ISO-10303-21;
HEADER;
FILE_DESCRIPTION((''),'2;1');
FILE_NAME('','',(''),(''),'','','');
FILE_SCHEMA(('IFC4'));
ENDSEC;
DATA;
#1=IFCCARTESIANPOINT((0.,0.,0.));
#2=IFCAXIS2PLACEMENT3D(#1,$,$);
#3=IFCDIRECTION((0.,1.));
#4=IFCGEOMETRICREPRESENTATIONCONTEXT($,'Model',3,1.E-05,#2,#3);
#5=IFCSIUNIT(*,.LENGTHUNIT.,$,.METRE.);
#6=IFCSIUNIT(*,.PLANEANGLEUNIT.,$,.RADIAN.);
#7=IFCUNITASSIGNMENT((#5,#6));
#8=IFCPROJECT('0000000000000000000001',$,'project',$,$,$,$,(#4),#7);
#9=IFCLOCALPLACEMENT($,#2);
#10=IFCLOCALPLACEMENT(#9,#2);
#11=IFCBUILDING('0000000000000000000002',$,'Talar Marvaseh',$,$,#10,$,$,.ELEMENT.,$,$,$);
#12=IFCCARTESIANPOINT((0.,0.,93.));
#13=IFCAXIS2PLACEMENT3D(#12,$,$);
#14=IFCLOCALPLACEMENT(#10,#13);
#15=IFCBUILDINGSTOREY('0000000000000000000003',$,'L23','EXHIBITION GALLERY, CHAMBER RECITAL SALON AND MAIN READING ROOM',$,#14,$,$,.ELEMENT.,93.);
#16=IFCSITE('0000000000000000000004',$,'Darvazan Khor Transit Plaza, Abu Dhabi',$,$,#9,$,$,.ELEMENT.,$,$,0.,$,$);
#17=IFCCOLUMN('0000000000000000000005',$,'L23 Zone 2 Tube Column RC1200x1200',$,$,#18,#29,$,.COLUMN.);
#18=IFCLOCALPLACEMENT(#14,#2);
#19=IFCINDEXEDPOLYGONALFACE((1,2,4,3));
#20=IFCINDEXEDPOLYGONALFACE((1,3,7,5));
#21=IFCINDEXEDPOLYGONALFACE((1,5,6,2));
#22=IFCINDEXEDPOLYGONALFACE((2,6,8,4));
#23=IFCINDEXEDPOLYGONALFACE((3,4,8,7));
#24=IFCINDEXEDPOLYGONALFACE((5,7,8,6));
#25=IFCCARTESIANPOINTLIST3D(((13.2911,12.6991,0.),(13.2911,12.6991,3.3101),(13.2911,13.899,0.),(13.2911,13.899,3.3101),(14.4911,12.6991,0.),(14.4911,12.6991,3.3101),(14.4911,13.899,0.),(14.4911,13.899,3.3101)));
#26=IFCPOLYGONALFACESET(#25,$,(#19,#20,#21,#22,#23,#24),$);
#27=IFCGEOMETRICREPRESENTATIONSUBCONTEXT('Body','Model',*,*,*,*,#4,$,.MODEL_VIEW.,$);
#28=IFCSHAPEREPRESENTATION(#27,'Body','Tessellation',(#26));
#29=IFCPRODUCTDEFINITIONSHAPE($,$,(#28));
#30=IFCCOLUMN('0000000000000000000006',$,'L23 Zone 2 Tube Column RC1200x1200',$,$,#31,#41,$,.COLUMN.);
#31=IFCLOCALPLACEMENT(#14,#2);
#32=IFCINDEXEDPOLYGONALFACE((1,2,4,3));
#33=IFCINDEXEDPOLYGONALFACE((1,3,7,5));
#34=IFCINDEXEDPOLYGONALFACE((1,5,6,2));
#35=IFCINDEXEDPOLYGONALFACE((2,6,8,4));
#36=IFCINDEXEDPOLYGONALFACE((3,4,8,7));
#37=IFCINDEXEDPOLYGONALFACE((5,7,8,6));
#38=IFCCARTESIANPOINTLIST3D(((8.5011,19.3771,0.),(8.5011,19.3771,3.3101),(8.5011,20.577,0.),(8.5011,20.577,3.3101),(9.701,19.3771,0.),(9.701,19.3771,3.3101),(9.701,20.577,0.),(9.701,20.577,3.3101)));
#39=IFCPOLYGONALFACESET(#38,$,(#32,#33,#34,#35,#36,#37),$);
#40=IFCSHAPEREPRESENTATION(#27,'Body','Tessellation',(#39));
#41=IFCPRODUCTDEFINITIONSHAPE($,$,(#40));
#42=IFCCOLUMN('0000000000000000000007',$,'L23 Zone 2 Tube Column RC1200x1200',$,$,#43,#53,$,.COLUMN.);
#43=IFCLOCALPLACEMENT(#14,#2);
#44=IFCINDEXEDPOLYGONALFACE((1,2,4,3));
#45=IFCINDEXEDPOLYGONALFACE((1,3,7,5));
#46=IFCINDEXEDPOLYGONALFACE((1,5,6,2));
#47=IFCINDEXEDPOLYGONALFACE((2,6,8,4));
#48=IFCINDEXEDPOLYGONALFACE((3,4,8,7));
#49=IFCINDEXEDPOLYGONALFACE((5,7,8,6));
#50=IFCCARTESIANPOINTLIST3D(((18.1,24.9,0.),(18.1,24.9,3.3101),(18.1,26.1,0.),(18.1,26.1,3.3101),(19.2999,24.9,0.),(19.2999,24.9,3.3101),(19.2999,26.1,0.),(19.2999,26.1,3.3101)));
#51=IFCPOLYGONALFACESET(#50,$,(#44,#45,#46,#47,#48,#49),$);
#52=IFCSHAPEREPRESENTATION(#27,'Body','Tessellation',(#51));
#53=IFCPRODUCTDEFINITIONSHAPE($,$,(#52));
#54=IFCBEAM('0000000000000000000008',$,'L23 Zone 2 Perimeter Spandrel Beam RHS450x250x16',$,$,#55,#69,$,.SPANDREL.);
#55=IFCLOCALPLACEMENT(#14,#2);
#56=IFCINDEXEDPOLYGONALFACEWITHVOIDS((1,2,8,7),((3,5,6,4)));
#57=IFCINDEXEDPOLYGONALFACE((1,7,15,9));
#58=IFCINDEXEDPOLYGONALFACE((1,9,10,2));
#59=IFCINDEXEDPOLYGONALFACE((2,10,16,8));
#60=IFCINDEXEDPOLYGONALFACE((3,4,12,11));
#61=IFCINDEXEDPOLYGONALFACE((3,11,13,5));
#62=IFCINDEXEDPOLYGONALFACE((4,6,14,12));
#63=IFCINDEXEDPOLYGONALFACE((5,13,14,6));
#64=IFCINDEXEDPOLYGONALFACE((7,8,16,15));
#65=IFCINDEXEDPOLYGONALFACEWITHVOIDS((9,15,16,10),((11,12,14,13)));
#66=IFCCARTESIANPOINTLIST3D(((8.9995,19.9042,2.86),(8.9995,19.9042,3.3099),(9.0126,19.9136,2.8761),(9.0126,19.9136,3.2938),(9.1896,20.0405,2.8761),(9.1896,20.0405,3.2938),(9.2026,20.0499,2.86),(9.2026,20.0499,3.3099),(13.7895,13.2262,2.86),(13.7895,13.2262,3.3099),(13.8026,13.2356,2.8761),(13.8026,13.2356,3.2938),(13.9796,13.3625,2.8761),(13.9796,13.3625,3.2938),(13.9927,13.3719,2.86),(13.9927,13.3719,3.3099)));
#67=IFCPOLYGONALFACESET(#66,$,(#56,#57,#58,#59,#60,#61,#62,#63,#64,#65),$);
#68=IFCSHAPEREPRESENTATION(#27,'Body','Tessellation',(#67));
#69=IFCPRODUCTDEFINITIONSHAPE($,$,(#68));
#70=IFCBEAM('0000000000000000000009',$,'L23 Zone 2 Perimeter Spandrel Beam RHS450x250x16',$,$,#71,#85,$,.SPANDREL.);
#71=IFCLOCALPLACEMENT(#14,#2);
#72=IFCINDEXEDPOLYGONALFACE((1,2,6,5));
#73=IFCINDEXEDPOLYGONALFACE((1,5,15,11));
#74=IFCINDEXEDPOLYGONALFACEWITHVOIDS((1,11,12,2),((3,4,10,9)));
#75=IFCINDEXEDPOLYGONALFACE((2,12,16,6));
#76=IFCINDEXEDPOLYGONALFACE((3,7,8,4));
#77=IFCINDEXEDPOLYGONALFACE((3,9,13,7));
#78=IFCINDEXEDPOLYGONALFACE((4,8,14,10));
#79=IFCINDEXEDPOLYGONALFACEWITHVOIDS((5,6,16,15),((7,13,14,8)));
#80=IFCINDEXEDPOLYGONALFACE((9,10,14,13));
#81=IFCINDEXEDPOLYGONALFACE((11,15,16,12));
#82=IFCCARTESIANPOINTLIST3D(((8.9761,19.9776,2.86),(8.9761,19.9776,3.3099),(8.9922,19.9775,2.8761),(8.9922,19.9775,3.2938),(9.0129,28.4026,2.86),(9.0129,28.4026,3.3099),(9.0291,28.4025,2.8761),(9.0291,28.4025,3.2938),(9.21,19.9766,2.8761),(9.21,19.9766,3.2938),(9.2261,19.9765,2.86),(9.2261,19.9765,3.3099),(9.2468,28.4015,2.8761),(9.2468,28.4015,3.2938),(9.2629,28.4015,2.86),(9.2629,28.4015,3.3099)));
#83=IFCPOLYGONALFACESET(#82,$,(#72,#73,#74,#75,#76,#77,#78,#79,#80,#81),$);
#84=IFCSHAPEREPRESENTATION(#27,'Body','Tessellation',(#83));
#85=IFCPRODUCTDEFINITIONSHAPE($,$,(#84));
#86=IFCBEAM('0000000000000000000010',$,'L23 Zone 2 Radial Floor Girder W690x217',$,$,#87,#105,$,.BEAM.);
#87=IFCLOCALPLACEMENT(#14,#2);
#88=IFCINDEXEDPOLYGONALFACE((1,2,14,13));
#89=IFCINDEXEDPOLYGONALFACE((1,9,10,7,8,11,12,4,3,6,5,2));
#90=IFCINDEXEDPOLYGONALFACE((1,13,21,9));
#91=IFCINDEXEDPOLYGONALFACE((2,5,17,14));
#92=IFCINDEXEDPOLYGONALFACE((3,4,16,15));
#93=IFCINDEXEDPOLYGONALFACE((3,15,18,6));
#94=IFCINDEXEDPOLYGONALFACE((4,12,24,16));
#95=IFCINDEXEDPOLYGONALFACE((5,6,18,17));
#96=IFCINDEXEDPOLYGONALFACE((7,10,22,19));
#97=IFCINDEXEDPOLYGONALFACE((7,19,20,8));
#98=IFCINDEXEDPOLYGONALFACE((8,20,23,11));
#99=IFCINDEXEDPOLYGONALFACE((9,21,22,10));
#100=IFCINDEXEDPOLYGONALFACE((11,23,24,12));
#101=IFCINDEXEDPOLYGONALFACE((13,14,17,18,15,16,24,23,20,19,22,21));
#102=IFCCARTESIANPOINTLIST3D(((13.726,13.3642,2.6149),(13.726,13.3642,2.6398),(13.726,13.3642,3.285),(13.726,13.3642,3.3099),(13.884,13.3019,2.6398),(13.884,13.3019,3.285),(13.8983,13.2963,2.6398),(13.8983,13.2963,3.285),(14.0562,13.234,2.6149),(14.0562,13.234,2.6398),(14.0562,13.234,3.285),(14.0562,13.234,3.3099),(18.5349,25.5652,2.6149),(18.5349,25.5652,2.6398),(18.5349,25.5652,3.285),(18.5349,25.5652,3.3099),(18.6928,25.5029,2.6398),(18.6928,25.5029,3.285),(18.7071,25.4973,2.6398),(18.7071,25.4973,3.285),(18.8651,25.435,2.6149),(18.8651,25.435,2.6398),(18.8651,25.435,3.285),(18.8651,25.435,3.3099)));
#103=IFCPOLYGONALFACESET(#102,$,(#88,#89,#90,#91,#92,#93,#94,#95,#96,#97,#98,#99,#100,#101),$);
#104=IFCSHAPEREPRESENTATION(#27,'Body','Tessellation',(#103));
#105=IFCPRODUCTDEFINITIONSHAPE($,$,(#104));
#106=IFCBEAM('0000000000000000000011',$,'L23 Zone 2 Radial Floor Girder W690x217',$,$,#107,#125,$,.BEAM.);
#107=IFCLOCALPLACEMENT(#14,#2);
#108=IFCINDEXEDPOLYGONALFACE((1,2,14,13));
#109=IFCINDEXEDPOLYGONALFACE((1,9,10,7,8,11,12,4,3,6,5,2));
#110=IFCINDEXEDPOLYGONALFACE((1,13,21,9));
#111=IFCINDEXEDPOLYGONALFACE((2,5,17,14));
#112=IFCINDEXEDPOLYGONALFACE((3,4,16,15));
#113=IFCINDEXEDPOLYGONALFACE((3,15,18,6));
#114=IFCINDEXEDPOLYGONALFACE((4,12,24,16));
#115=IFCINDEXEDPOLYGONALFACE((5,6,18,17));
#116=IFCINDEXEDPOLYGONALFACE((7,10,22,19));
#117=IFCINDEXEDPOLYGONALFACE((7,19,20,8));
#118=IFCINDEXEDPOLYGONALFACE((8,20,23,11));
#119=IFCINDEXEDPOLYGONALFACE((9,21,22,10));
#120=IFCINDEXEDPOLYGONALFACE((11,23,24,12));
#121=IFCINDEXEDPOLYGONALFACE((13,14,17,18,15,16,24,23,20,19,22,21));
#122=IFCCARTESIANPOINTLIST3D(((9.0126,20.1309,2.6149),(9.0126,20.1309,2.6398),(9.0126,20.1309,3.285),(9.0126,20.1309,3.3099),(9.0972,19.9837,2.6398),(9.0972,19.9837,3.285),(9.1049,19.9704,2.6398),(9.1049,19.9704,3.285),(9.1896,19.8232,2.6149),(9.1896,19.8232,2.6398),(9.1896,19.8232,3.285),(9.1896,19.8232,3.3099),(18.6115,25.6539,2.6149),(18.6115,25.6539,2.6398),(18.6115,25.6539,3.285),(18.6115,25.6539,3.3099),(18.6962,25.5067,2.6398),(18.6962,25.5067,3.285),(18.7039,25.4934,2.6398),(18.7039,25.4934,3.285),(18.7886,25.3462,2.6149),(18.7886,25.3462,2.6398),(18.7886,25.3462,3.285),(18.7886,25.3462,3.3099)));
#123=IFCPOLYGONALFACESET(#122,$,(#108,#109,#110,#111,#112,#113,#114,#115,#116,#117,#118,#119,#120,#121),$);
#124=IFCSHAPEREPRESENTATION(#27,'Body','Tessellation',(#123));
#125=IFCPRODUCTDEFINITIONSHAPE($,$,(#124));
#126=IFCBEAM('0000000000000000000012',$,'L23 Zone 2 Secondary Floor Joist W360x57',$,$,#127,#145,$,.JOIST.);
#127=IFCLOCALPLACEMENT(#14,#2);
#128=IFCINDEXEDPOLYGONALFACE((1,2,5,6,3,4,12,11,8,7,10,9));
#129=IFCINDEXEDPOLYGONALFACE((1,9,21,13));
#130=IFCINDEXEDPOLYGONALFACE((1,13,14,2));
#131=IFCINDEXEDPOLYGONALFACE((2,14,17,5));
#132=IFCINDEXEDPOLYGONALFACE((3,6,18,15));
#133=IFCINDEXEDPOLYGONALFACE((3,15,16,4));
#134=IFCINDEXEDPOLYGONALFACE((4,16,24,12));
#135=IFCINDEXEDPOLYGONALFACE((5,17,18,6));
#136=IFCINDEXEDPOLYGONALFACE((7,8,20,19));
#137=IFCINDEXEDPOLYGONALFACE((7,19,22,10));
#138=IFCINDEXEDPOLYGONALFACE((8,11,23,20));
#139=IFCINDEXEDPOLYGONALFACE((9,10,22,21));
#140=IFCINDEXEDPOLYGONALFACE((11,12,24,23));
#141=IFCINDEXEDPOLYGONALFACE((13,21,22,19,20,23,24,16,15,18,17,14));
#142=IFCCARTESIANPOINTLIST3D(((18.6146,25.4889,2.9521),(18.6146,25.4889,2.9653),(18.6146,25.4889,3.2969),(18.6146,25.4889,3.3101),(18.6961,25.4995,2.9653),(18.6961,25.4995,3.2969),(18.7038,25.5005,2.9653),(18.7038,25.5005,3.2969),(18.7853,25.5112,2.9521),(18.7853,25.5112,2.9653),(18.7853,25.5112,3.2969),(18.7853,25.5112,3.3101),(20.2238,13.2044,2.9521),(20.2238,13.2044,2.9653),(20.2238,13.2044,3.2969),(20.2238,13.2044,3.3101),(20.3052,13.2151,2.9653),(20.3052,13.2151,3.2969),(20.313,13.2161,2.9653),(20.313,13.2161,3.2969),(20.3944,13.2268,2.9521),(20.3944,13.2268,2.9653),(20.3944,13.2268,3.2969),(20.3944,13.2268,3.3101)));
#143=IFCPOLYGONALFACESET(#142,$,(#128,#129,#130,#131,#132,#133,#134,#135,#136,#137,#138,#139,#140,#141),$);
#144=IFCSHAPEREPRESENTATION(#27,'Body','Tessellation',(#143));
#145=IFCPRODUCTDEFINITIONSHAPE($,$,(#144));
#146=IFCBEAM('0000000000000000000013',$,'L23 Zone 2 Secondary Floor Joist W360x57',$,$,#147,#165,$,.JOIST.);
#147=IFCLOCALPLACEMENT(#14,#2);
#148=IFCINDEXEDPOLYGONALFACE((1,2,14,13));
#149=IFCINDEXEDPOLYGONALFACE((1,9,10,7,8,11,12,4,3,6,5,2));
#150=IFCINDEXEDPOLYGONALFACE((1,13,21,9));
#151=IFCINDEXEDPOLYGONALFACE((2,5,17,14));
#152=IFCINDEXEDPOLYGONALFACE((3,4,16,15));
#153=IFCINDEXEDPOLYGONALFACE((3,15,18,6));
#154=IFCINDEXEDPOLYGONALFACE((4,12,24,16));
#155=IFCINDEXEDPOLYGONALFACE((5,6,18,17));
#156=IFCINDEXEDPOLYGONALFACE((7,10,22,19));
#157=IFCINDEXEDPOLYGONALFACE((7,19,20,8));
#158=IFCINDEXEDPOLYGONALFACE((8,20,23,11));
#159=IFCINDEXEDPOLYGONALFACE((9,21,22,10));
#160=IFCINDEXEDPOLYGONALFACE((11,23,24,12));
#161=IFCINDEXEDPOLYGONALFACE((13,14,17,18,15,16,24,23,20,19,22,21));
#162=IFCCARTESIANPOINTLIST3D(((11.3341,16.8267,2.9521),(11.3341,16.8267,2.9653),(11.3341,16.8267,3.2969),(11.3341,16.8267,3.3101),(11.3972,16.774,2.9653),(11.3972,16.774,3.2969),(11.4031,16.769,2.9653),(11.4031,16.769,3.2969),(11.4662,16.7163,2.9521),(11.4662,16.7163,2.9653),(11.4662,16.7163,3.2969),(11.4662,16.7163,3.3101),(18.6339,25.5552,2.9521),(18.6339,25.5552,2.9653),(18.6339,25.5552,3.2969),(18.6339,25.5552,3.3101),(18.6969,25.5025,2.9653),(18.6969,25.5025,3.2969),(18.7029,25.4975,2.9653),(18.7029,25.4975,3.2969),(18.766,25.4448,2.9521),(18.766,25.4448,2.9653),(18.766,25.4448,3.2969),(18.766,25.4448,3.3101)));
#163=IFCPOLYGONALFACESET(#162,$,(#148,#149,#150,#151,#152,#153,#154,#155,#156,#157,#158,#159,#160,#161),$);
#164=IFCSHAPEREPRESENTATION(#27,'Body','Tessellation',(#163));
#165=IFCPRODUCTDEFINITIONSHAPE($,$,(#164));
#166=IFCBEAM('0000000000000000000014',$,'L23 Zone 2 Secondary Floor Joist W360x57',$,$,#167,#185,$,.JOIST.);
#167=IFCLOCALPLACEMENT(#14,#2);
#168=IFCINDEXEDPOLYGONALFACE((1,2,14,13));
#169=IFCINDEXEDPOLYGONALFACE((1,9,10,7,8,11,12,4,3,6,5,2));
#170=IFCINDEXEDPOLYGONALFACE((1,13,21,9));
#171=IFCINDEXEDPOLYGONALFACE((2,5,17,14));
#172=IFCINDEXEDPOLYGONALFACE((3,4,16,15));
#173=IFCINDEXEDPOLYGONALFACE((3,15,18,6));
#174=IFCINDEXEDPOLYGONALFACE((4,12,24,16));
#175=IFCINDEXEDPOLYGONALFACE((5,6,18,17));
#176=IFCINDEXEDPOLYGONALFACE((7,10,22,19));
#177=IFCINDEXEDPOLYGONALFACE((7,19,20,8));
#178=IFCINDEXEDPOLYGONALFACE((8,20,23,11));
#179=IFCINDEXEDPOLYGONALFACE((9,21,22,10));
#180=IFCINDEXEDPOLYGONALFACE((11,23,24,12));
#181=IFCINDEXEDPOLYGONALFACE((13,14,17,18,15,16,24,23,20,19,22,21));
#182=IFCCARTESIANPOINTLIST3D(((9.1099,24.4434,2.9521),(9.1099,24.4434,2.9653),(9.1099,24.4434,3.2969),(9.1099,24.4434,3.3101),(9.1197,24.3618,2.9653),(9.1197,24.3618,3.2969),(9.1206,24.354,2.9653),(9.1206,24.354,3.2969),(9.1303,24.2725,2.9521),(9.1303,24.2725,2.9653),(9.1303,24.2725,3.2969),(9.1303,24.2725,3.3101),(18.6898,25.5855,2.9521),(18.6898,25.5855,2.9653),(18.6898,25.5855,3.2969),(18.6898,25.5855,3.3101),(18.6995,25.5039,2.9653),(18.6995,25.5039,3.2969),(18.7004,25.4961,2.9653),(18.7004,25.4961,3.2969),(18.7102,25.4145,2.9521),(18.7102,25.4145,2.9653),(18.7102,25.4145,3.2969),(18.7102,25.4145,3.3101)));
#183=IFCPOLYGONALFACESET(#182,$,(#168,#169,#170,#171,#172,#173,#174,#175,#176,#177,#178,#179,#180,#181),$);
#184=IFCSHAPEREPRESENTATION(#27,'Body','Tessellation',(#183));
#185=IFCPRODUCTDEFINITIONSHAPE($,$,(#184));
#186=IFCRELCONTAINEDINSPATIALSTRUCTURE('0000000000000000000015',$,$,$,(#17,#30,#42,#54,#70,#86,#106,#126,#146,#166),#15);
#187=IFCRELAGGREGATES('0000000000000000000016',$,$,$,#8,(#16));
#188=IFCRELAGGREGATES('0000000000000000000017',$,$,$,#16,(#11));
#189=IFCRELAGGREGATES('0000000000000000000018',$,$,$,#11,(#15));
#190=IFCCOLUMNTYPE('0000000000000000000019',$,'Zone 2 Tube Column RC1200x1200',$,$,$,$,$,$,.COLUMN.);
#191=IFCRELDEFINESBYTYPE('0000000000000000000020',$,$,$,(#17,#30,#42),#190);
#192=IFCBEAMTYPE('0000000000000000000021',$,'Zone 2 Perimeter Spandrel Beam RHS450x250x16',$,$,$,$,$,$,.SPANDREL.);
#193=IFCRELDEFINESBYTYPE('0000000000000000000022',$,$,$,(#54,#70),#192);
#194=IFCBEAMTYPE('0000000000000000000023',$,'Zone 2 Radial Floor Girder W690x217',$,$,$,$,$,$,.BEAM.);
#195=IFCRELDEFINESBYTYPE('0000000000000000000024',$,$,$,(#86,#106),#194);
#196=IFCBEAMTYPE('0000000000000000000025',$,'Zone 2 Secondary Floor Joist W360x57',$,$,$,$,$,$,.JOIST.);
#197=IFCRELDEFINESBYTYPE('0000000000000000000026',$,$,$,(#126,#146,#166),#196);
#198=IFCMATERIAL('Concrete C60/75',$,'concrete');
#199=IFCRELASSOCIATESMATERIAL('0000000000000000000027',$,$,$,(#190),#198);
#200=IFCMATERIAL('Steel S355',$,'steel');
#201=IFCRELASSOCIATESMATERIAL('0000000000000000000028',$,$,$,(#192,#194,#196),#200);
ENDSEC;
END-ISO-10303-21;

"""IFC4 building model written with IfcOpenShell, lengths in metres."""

from ifc_helpers import new_model, si_unit, direction, frame, origin, origin_2d, place, context, subcontext, project, spatial, rectangle, hollow_rectangle, i_section, extrude, material, material_profile, profile_set, type_object, element, save


model = new_model("IFC4")

# Units and contexts
model_context = context("Model", 3, precision=1e-05, world=origin(), true_north=direction((0.0, 1.0)))
body_context = subcontext(model_context, "Body", "Model", "MODEL_VIEW")
ifc_project = project(units=[si_unit("LENGTHUNIT", "METRE"), si_unit("PLANEANGLEUNIT", "RADIAN")], contexts=[model_context])

# Site, building, storey
site_placement = place(None, origin())
site = spatial("IfcSite", under=ifc_project, at=site_placement, Name="Darvazan Khor Transit Plaza, Abu Dhabi", CompositionType="ELEMENT", RefElevation=0.0)
building_placement = place(site_placement, origin())
building = spatial("IfcBuilding", under=site, at=building_placement, Name="Talar Marvaseh", CompositionType="ELEMENT")
storey_placement = place(building_placement, frame((0.0, 0.0, 93.0)))
storey = spatial("IfcBuildingStorey", under=building, at=storey_placement, Name="L23", Description="EXHIBITION GALLERY, CHAMBER RECITAL SALON AND MAIN READING ROOM", CompositionType="ELEMENT", Elevation=93.0)

# Columns
ifc_material_1 = material(Name="Concrete C60/75", Category="concrete")
ifc_material_profile_1 = material_profile(ifc_material_1, rectangle(XDim=1.2, YDim=1.2, at=origin_2d()), Name="RC1200x1200")
ifc_profile_set_1 = profile_set([ifc_material_profile_1], Name="Concrete C60/75")
column_type = type_object("IfcColumnType", Name="Zone 2 Tube Column RC1200x1200", PredefinedType="COLUMN", material=ifc_profile_set_1)
for number, where, z_axis, x_axis, name in (
    (1, (13.8911, 13.2991, 0.0), (0.0, 0.0, 1.0), (1.0, 0.0, 0.0), "L23 Zone 2 Tube Column RC1200x1200"),
    (2, (9.1011, 19.9771, 0.0), (0.0, 0.0, 1.0), (1.0, 0.0, 0.0), "L23 Zone 2 Tube Column RC1200x1200"),
    (3, (18.7, 25.5, 0.0), (0.0, 0.0, 1.0), (1.0, 0.0, 0.0), "L23 Zone 2 Tube Column RC1200x1200"),
):
    element("IfcColumn", number, at=place(storey_placement, frame(where, z_axis=z_axis, x_axis=x_axis)), inside=storey, type_object=column_type, Name=name, PredefinedType="COLUMN", context=body_context, shape_type="SweptSolid", body=[
        extrude(rectangle(XDim=1.2, YDim=1.2, at=origin_2d()), origin(), (0.0, 0.0, 1.0), 3.3101),
    ])

# Beams
ifc_material_2 = material(Name="Steel S355", Category="steel")
ifc_material_profile_2 = material_profile(ifc_material_2, hollow_rectangle(XDim=0.25, YDim=0.45, WallThickness=0.0161, at=origin_2d()), Name="RHS450x250x16")
ifc_profile_set_2 = profile_set([ifc_material_profile_2], Name="Steel S355")
beam_type_1 = type_object("IfcBeamType", Name="Zone 2 Perimeter Spandrel Beam RHS450x250x16", PredefinedType="SPANDREL", material=ifc_profile_set_2)
beam_1_placement = place(storey_placement, frame((13.8911, 13.2991, 3.085), z_axis=(-0.582853, 0.812578, 0.0), x_axis=(-0.812578, -0.582853, 0.0)))
element("IfcBeam", 4, at=beam_1_placement, inside=storey, type_object=beam_type_1, Name="L23 Zone 2 Perimeter Spandrel Beam RHS450x250x16", PredefinedType="SPANDREL", context=body_context, shape_type="SweptSolid", body=[
    extrude(hollow_rectangle(XDim=0.25, YDim=0.45, WallThickness=0.0161, at=origin_2d()), origin(), (0.0, 0.0, 1.0), 8.2183),
])
beam_2_placement = place(storey_placement, frame((9.1011, 19.9771, 3.085), z_axis=(0.004376, 0.99999, 0.0), x_axis=(-0.99999, 0.004376, 0.0)))
element("IfcBeam", 5, at=beam_2_placement, inside=storey, type_object=beam_type_1, Name="L23 Zone 2 Perimeter Spandrel Beam RHS450x250x16", PredefinedType="SPANDREL", context=body_context, shape_type="SweptSolid", body=[
    extrude(hollow_rectangle(XDim=0.25, YDim=0.45, WallThickness=0.0161, at=origin_2d()), origin(), (0.0, 0.0, 1.0), 8.425),
])
ifc_material_profile_3 = material_profile(ifc_material_2, i_section(OverallWidth=0.355, OverallDepth=0.6951, WebThickness=0.0154, FlangeThickness=0.0249, at=origin_2d()), Name="W690x217")
ifc_profile_set_3 = profile_set([ifc_material_profile_3], Name="Steel S355")
beam_type_2 = type_object("IfcBeamType", Name="Zone 2 Radial Floor Girder W690x217", PredefinedType="BEAM", material=ifc_profile_set_3)
beam_3_placement = place(storey_placement, frame((13.8911, 13.2991, 2.9624), z_axis=(0.366684, 0.930346, 0.0), x_axis=(-0.930346, 0.366684, 0.0)))
element("IfcBeam", 6, at=beam_3_placement, inside=storey, type_object=beam_type_2, Name="L23 Zone 2 Radial Floor Girder W690x217", PredefinedType="BEAM", context=body_context, shape_type="SweptSolid", body=[
    extrude(i_section(OverallWidth=0.355, OverallDepth=0.6951, WebThickness=0.0154, FlangeThickness=0.0249, at=origin_2d()), origin(), (0.0, 0.0, 1.0), 13.1145),
])
beam_4_placement = place(storey_placement, frame((9.1011, 19.9771, 2.9624), z_axis=(0.866766, 0.498715, 0.0), x_axis=(-0.498715, 0.866766, 0.0)))
element("IfcBeam", 7, at=beam_4_placement, inside=storey, type_object=beam_type_2, Name="L23 Zone 2 Radial Floor Girder W690x217", PredefinedType="BEAM", context=body_context, shape_type="SweptSolid", body=[
    extrude(i_section(OverallWidth=0.355, OverallDepth=0.6951, WebThickness=0.0154, FlangeThickness=0.0249, at=origin_2d()), origin(), (0.0, 0.0, 1.0), 11.0745),
])
ifc_material_profile_4 = material_profile(ifc_material_2, i_section(OverallWidth=0.1721, OverallDepth=0.3579, WebThickness=0.0078, FlangeThickness=0.0132, at=origin_2d()), Name="W360x57")
ifc_profile_set_4 = profile_set([ifc_material_profile_4], Name="Steel S355")
beam_type_3 = type_object("IfcBeamType", Name="Zone 2 Secondary Floor Joist W360x57", PredefinedType="JOIST", material=ifc_profile_set_4)
beam_5_placement = place(storey_placement, frame((20.3091, 13.2156, 3.1311), z_axis=(-0.12988, 0.99153, 0.0), x_axis=(-0.99153, -0.12988, 0.0)))
element("IfcBeam", 8, at=beam_5_placement, inside=storey, type_object=beam_type_3, Name="L23 Zone 2 Secondary Floor Joist W360x57", PredefinedType="JOIST", context=body_context, shape_type="SweptSolid", body=[
    extrude(i_section(OverallWidth=0.1721, OverallDepth=0.3579, WebThickness=0.0078, FlangeThickness=0.0132, at=origin_2d()), origin(), (0.0, 0.0, 1.0), 12.3894),
])
beam_6_placement = place(storey_placement, frame((11.4001, 16.7715, 3.1311), z_axis=(0.641534, 0.767095, 0.0), x_axis=(-0.767095, 0.641534, 0.0)))
element("IfcBeam", 9, at=beam_6_placement, inside=storey, type_object=beam_type_3, Name="L23 Zone 2 Secondary Floor Joist W360x57", PredefinedType="JOIST", context=body_context, shape_type="SweptSolid", body=[
    extrude(i_section(OverallWidth=0.1721, OverallDepth=0.3579, WebThickness=0.0078, FlangeThickness=0.0132, at=origin_2d()), origin(), (0.0, 0.0, 1.0), 11.3787),
])
beam_7_placement = place(storey_placement, frame((9.1201, 24.3579, 3.1311), z_axis=(0.992968, 0.11838, 0.0), x_axis=(-0.11838, 0.992968, 0.0)))
element("IfcBeam", 10, at=beam_7_placement, inside=storey, type_object=beam_type_3, Name="L23 Zone 2 Secondary Floor Joist W360x57", PredefinedType="JOIST", context=body_context, shape_type="SweptSolid", body=[
    extrude(i_section(OverallWidth=0.1721, OverallDepth=0.3579, WebThickness=0.0078, FlangeThickness=0.0132, at=origin_2d()), origin(), (0.0, 0.0, 1.0), 9.6477),
])

save(model, "model.ifc")
